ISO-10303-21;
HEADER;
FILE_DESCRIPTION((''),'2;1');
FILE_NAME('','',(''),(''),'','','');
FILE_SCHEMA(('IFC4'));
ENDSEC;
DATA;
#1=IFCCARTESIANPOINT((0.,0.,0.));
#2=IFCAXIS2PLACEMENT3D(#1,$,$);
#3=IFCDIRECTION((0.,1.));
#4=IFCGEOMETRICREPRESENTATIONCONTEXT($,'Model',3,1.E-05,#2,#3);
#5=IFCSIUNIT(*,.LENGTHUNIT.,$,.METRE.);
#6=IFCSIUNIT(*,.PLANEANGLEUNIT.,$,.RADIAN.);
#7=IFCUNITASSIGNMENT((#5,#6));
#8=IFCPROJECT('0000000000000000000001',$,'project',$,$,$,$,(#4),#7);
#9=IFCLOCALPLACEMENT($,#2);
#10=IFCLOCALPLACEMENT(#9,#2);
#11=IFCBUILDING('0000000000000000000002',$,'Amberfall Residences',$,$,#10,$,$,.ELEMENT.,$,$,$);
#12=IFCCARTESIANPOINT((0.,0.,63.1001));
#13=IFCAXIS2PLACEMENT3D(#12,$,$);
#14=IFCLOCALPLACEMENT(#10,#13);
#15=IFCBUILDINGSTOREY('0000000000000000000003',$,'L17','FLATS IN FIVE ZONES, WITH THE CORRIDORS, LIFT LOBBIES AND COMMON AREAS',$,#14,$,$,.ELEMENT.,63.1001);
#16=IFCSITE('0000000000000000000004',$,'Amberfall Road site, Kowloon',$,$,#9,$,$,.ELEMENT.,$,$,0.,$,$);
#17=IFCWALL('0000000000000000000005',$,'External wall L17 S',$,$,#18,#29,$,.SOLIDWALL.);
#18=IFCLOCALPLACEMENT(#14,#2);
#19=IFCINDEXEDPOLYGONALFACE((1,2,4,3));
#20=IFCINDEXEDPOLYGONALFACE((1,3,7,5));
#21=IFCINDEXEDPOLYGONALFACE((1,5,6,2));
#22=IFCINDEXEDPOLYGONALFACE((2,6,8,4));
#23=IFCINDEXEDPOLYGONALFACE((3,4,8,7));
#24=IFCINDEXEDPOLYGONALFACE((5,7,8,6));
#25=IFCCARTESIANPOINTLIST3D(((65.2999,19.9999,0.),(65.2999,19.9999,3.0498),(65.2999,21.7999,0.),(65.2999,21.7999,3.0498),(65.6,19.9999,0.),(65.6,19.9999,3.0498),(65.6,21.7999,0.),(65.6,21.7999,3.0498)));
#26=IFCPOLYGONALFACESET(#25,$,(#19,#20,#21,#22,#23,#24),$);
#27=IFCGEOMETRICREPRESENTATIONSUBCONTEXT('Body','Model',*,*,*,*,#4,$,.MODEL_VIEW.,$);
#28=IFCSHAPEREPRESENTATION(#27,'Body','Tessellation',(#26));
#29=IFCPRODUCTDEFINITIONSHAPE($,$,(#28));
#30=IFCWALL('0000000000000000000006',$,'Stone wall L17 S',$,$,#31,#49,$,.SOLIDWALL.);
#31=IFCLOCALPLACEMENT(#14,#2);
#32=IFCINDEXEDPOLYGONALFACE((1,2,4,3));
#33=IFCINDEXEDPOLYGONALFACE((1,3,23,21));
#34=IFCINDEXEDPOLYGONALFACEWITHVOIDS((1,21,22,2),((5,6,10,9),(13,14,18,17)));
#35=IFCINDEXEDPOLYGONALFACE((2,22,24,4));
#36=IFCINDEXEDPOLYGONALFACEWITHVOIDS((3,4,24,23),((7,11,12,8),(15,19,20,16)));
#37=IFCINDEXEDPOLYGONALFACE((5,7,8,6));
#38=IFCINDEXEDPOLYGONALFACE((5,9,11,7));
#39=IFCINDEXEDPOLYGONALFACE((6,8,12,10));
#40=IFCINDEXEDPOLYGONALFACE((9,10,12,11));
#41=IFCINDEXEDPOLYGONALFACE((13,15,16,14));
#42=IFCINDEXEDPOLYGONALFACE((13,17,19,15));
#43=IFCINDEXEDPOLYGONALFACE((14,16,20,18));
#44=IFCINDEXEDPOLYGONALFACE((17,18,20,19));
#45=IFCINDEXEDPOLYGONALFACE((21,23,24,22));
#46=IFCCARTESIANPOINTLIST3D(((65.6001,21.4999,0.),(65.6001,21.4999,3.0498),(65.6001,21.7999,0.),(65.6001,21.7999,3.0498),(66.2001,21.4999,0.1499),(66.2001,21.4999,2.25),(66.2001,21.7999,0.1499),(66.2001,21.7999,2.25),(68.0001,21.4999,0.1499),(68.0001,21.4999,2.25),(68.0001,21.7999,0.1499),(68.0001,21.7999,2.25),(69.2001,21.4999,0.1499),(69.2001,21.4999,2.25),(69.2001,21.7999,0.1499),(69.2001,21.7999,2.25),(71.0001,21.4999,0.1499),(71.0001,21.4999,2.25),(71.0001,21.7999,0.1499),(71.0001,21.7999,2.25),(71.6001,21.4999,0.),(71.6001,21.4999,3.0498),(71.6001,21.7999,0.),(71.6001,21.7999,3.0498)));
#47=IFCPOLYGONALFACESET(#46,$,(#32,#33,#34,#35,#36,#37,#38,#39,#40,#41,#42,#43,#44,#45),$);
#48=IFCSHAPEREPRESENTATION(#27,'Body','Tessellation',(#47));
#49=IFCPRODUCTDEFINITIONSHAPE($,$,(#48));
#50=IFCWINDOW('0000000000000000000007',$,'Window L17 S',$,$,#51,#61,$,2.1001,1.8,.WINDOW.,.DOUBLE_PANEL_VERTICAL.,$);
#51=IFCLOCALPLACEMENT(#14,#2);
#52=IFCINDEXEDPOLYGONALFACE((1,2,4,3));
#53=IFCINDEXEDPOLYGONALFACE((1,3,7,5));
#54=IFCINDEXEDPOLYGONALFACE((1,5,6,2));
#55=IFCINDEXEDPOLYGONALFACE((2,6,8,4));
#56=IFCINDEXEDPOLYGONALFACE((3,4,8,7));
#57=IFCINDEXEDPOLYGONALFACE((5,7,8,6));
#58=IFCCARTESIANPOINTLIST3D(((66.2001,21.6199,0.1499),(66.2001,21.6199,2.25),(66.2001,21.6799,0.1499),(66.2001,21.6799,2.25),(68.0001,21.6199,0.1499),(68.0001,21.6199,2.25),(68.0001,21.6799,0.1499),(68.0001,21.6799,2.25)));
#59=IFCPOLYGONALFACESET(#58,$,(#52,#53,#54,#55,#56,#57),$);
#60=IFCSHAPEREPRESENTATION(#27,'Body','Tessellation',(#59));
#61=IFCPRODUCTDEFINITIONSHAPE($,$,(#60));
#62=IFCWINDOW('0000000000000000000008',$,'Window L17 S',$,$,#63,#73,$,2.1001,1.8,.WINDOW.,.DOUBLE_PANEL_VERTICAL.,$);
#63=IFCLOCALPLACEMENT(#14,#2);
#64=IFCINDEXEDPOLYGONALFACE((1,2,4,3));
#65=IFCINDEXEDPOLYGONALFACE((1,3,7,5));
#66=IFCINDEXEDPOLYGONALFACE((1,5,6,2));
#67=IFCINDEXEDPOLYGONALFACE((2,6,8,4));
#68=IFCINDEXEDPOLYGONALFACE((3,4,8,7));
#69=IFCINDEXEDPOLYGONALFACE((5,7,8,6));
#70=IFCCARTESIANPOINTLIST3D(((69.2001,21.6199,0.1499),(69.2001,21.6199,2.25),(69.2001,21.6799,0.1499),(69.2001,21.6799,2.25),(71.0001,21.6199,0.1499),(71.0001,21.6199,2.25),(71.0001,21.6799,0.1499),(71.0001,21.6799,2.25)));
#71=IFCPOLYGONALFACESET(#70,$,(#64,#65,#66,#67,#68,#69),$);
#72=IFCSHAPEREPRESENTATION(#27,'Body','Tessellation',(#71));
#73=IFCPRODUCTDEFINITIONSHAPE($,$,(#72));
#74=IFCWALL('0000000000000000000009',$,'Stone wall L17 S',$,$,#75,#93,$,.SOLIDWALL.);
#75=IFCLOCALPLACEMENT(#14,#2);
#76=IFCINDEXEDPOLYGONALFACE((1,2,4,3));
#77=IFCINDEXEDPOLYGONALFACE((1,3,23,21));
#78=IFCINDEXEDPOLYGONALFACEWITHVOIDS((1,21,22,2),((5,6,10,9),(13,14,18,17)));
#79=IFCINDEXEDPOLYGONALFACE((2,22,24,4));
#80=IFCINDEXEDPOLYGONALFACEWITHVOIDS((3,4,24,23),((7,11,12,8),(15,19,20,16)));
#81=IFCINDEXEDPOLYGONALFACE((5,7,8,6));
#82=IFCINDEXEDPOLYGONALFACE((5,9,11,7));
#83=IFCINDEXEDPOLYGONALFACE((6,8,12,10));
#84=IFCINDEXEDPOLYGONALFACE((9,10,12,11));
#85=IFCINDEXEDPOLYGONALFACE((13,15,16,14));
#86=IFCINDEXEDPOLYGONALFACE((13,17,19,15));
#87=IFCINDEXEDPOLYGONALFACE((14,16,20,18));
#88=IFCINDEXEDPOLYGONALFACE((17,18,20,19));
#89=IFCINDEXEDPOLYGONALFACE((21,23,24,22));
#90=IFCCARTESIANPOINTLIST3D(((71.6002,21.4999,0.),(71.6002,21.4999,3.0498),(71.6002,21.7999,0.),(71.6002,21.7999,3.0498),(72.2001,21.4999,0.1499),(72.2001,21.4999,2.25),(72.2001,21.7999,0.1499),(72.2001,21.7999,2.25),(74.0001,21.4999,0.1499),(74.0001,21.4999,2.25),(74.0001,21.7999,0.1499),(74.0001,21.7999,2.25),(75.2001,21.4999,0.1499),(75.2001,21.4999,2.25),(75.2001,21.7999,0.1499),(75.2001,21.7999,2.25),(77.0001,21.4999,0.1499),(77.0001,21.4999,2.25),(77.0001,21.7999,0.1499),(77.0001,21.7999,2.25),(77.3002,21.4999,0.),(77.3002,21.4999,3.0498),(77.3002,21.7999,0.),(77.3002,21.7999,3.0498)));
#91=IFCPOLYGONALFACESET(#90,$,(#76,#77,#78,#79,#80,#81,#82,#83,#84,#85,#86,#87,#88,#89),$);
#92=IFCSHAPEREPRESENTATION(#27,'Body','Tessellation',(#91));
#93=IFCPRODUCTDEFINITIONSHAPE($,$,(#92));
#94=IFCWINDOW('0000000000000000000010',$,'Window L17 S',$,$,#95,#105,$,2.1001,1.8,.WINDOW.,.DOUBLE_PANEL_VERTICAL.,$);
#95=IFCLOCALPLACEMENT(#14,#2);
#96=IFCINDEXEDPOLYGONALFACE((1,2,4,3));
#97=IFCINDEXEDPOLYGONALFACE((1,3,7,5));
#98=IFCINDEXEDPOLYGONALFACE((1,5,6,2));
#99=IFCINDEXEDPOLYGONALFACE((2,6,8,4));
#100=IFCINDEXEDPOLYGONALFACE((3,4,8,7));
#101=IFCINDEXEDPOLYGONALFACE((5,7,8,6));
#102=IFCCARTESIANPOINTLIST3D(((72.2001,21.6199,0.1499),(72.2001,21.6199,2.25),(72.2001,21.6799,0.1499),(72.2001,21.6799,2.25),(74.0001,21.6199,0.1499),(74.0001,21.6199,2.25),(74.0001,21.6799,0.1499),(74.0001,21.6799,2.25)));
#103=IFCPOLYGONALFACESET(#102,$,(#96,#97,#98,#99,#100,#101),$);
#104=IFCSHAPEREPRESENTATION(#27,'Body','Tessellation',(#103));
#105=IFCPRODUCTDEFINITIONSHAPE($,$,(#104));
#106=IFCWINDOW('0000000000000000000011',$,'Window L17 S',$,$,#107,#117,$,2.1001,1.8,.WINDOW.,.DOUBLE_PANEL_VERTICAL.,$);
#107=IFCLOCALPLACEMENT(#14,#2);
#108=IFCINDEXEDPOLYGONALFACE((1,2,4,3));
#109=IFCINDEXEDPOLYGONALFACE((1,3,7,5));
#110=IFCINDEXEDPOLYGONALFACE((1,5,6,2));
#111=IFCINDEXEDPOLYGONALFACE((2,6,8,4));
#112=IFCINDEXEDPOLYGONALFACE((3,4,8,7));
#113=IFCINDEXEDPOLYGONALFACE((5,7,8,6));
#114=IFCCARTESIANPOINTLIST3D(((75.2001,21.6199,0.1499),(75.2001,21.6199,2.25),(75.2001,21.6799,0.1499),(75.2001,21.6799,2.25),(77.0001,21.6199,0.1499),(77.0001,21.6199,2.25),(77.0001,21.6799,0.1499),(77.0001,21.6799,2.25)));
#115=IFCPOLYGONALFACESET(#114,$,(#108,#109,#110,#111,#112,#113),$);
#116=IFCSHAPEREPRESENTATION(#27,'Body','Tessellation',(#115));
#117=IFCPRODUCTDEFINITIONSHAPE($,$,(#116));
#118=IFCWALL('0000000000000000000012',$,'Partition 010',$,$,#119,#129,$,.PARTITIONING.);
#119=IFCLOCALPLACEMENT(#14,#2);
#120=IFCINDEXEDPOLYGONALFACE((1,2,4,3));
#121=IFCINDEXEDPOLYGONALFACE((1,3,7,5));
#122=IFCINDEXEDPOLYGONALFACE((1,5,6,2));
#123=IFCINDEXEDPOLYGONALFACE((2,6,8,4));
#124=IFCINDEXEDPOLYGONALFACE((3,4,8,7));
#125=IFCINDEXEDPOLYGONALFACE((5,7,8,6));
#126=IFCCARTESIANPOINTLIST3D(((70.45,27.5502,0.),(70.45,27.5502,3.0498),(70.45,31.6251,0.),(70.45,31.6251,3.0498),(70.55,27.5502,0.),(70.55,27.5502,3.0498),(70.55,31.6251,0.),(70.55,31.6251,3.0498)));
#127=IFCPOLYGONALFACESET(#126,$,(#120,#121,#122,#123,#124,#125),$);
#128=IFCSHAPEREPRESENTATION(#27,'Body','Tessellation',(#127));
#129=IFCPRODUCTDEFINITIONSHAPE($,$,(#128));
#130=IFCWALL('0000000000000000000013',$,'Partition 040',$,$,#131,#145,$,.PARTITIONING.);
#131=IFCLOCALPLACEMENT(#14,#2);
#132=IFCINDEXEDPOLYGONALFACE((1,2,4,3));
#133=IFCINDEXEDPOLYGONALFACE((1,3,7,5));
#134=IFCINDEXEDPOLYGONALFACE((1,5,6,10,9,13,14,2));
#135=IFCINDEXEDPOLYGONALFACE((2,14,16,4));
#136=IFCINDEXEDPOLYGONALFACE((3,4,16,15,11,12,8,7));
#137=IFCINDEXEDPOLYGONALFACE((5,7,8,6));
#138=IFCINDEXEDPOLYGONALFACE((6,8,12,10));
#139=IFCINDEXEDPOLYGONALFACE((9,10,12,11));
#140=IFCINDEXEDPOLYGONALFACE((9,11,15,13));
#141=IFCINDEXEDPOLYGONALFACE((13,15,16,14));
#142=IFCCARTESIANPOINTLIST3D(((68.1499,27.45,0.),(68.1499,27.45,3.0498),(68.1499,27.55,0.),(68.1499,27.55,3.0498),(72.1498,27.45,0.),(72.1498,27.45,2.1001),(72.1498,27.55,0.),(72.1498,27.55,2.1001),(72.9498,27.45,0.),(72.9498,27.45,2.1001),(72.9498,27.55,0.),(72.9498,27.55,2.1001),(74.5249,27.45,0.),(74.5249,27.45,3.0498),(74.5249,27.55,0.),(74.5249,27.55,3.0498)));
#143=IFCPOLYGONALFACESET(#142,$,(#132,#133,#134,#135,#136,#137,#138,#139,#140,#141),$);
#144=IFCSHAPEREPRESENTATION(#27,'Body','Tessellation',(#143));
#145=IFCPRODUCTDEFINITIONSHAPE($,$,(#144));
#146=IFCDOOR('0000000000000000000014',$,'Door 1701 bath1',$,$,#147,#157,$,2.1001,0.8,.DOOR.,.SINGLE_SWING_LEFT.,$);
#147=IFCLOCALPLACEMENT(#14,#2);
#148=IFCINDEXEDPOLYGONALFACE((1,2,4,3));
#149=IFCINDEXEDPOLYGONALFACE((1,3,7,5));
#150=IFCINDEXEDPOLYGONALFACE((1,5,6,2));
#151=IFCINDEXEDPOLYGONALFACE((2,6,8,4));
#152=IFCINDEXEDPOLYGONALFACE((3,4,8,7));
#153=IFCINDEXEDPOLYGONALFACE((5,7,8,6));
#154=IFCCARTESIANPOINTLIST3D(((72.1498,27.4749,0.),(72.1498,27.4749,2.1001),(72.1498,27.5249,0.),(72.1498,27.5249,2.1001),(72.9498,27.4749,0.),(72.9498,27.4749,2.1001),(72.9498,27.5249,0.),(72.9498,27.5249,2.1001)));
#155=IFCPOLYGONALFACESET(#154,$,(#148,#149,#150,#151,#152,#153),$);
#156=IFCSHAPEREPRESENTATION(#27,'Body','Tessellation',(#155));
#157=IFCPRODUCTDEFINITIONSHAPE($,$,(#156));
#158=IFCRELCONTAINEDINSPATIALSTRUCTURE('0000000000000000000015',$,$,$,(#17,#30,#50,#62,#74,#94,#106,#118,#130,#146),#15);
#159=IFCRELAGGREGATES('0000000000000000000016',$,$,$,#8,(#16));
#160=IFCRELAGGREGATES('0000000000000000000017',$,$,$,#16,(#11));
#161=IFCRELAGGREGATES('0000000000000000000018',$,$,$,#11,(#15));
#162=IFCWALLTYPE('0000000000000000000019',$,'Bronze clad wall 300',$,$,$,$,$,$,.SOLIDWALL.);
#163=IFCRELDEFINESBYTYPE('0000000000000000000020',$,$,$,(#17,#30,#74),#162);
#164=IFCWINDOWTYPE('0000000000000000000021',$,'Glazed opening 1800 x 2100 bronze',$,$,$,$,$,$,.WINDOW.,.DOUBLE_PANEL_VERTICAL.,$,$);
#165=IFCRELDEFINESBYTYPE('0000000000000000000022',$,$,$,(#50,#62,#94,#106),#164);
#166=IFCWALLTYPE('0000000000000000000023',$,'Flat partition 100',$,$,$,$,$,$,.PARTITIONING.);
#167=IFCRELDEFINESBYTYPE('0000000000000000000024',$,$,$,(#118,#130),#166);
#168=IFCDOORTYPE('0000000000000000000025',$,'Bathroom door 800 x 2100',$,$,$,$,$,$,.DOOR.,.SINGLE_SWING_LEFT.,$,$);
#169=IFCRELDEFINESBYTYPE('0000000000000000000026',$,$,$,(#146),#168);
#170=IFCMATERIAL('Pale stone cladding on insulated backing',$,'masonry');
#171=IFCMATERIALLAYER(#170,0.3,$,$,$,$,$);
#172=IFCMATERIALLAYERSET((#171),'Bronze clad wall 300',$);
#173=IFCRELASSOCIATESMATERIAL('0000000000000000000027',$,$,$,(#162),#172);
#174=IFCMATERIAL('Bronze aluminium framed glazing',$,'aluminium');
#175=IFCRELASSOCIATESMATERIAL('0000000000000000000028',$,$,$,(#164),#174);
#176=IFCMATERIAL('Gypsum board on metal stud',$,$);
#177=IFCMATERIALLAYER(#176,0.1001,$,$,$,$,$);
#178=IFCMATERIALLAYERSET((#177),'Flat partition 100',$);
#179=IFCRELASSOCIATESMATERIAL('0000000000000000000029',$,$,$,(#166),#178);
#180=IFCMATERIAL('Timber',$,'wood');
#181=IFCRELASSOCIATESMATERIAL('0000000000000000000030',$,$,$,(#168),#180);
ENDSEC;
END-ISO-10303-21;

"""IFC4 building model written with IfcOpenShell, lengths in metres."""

from ifc_helpers import new_model, si_unit, direction, frame, frame_2d, origin, place, context, subcontext, project, spatial, rectangle, extrude, material, layer, layer_set, type_object, element, fill, save


model = new_model("IFC4")

# Units and contexts
model_context = context("Model", 3, precision=1e-05, world=origin(), true_north=direction((0.0, 1.0)))
body_context = subcontext(model_context, "Body", "Model", "MODEL_VIEW")
ifc_project = project(units=[si_unit("LENGTHUNIT", "METRE"), si_unit("PLANEANGLEUNIT", "RADIAN")], contexts=[model_context])

# Site, building, storey
site_placement = place(None, origin())
site = spatial("IfcSite", under=ifc_project, at=site_placement, Name="Amberfall Road site, Kowloon", CompositionType="ELEMENT", RefElevation=0.0)
building_placement = place(site_placement, origin())
building = spatial("IfcBuilding", under=site, at=building_placement, Name="Amberfall Residences", CompositionType="ELEMENT")
storey_placement = place(building_placement, frame((0.0, 0.0, 63.1001)))
storey = spatial("IfcBuildingStorey", under=building, at=storey_placement, Name="L17", Description="FLATS IN FIVE ZONES, WITH THE CORRIDORS, LIFT LOBBIES AND COMMON AREAS", CompositionType="ELEMENT", Elevation=63.1001)

# Wall
ifc_material_1 = material(Name="Pale stone cladding on insulated backing", Category="masonry")
ifc_layer_1 = layer(ifc_material_1, 0.3)
ifc_layer_set_1 = layer_set([ifc_layer_1], Name="Bronze clad wall 300")
wall_type_1 = type_object("IfcWallType", Name="Bronze clad wall 300", PredefinedType="SOLIDWALL", material=ifc_layer_set_1)
wall_1_placement = place(storey_placement, frame((65.45, 20.0, 0.0), z_axis=(0.0, 0.0, 1.0), x_axis=(0.0, 1.0, 0.0)))
element("IfcWall", 1, at=wall_1_placement, inside=storey, type_object=wall_type_1, Name="External wall L17 S", PredefinedType="SOLIDWALL", context=body_context, shape_type="SweptSolid", body=[
    extrude(rectangle(XDim=1.8, YDim=0.3, at=frame_2d((0.8999, 0.0))), origin(), (0.0, 0.0, 1.0), 3.0498),
])

# Walls, openings, windows
wall_2_placement = place(storey_placement, frame((65.6001, 21.6499, 0.0), z_axis=(0.0, 0.0, 1.0), x_axis=(1.0, 0.0, 0.0)))
wall_2 = element("IfcWall", 2, at=wall_2_placement, inside=storey, type_object=wall_type_1, Name="Stone wall L17 S", PredefinedType="SOLIDWALL", context=body_context, shape_type="SweptSolid", body=[
    extrude(rectangle(XDim=6.0, YDim=0.3, at=frame_2d((3.0, 0.0))), origin(), (0.0, 0.0, 1.0), 3.0498),
])
opening_1_placement = place(wall_2_placement, frame((0.6001, 0.0, 0.1499)))
opening_1 = element("IfcOpeningElement", 3, at=opening_1_placement, cuts=wall_2, PredefinedType="OPENING", context=body_context, shape_type="SweptSolid", body=[
    extrude(rectangle(XDim=1.8, YDim=2.1001, at=frame_2d((0.8999, 1.05))), frame((0.0, 0.1599, 0.0), z_axis=(0.0, -1.0, 0.0), x_axis=(1.0, 0.0, 0.0)), (0.0, 0.0, 1.0), 0.3201),
])
opening_2_placement = place(wall_2_placement, frame((3.6001, 0.0, 0.1499)))
opening_2 = element("IfcOpeningElement", 4, at=opening_2_placement, cuts=wall_2, PredefinedType="OPENING", context=body_context, shape_type="SweptSolid", body=[
    extrude(rectangle(XDim=1.8, YDim=2.1001, at=frame_2d((0.8999, 1.05))), frame((0.0, 0.1599, 0.0), z_axis=(0.0, -1.0, 0.0), x_axis=(1.0, 0.0, 0.0)), (0.0, 0.0, 1.0), 0.3201),
])
ifc_material_2 = material(Name="Bronze aluminium framed glazing", Category="aluminium")
window_type = type_object("IfcWindowType", Name="Glazed opening 1800 x 2100 bronze", PartitioningType="DOUBLE_PANEL_VERTICAL", PredefinedType="WINDOW", material=ifc_material_2)
window_1_placement = place(opening_1_placement, origin())
window_1 = element("IfcWindow", 5, at=window_1_placement, inside=storey, type_object=window_type, Name="Window L17 S", OverallHeight=2.1001, OverallWidth=1.8, PartitioningType="DOUBLE_PANEL_VERTICAL", PredefinedType="WINDOW", context=body_context, shape_type="SweptSolid", body=[
    extrude(rectangle(XDim=1.8, YDim=2.1001, at=frame_2d((0.8999, 1.05))), frame((0.0, 0.03, 0.0), z_axis=(0.0, -1.0, 0.0), x_axis=(1.0, 0.0, 0.0)), (0.0, 0.0, 1.0), 0.0601),
])
fill(opening_1, window_1)
window_2_placement = place(opening_2_placement, origin())
window_2 = element("IfcWindow", 6, at=window_2_placement, inside=storey, type_object=window_type, Name="Window L17 S", OverallHeight=2.1001, OverallWidth=1.8, PartitioningType="DOUBLE_PANEL_VERTICAL", PredefinedType="WINDOW", context=body_context, shape_type="SweptSolid", body=[
    extrude(rectangle(XDim=1.8, YDim=2.1001, at=frame_2d((0.8999, 1.05))), frame((0.0, 0.03, 0.0), z_axis=(0.0, -1.0, 0.0), x_axis=(1.0, 0.0, 0.0)), (0.0, 0.0, 1.0), 0.0601),
])
fill(opening_2, window_2)
wall_3_placement = place(storey_placement, frame((71.6001, 21.6499, 0.0), z_axis=(0.0, 0.0, 1.0), x_axis=(1.0, 0.0, 0.0)))
wall_3 = element("IfcWall", 7, at=wall_3_placement, inside=storey, type_object=wall_type_1, Name="Stone wall L17 S", PredefinedType="SOLIDWALL", context=body_context, shape_type="SweptSolid", body=[
    extrude(rectangle(XDim=5.7, YDim=0.3, at=frame_2d((2.8501, 0.0))), origin(), (0.0, 0.0, 1.0), 3.0498),
])
opening_3_placement = place(wall_3_placement, frame((0.6001, 0.0, 0.1499)))
opening_3 = element("IfcOpeningElement", 8, at=opening_3_placement, cuts=wall_3, PredefinedType="OPENING", context=body_context, shape_type="SweptSolid", body=[
    extrude(rectangle(XDim=1.8, YDim=2.1001, at=frame_2d((0.8999, 1.05))), frame((0.0, 0.1599, 0.0), z_axis=(0.0, -1.0, 0.0), x_axis=(1.0, 0.0, 0.0)), (0.0, 0.0, 1.0), 0.3201),
])
opening_4_placement = place(wall_3_placement, frame((3.6001, 0.0, 0.1499)))
opening_4 = element("IfcOpeningElement", 9, at=opening_4_placement, cuts=wall_3, PredefinedType="OPENING", context=body_context, shape_type="SweptSolid", body=[
    extrude(rectangle(XDim=1.8, YDim=2.1001, at=frame_2d((0.8999, 1.05))), frame((0.0, 0.1599, 0.0), z_axis=(0.0, -1.0, 0.0), x_axis=(1.0, 0.0, 0.0)), (0.0, 0.0, 1.0), 0.3201),
])
window_3_placement = place(opening_3_placement, origin())
window_3 = element("IfcWindow", 10, at=window_3_placement, inside=storey, type_object=window_type, Name="Window L17 S", OverallHeight=2.1001, OverallWidth=1.8, PartitioningType="DOUBLE_PANEL_VERTICAL", PredefinedType="WINDOW", context=body_context, shape_type="SweptSolid", body=[
    extrude(rectangle(XDim=1.8, YDim=2.1001, at=frame_2d((0.8999, 1.05))), frame((0.0, 0.03, 0.0), z_axis=(0.0, -1.0, 0.0), x_axis=(1.0, 0.0, 0.0)), (0.0, 0.0, 1.0), 0.0601),
])
fill(opening_3, window_3)
window_4_placement = place(opening_4_placement, origin())
window_4 = element("IfcWindow", 11, at=window_4_placement, inside=storey, type_object=window_type, Name="Window L17 S", OverallHeight=2.1001, OverallWidth=1.8, PartitioningType="DOUBLE_PANEL_VERTICAL", PredefinedType="WINDOW", context=body_context, shape_type="SweptSolid", body=[
    extrude(rectangle(XDim=1.8, YDim=2.1001, at=frame_2d((0.8999, 1.05))), frame((0.0, 0.03, 0.0), z_axis=(0.0, -1.0, 0.0), x_axis=(1.0, 0.0, 0.0)), (0.0, 0.0, 1.0), 0.0601),
])
fill(opening_4, window_4)

# Wall
ifc_material_3 = material(Name="Gypsum board on metal stud")
ifc_layer_2 = layer(ifc_material_3, 0.1001)
ifc_layer_set_2 = layer_set([ifc_layer_2], Name="Flat partition 100")
wall_type_2 = type_object("IfcWallType", Name="Flat partition 100", PredefinedType="PARTITIONING", material=ifc_layer_set_2)
wall_4_placement = place(storey_placement, frame((70.5, 27.55, 0.0), z_axis=(0.0, 0.0, 1.0), x_axis=(0.0, 1.0, 0.0)))
element("IfcWall", 12, at=wall_4_placement, inside=storey, type_object=wall_type_2, Name="Partition 010", PredefinedType="PARTITIONING", context=body_context, shape_type="SweptSolid", body=[
    extrude(rectangle(XDim=4.075, YDim=0.1001, at=frame_2d((2.0376, 0.0))), origin(), (0.0, 0.0, 1.0), 3.0498),
])

# Wall, opening, door
wall_5_placement = place(storey_placement, frame((68.1499, 27.5, 0.0), z_axis=(0.0, 0.0, 1.0), x_axis=(1.0, 0.0, 0.0)))
wall_5 = element("IfcWall", 13, at=wall_5_placement, inside=storey, type_object=wall_type_2, Name="Partition 040", PredefinedType="PARTITIONING", context=body_context, shape_type="SweptSolid", body=[
    extrude(rectangle(XDim=6.375, YDim=0.1001, at=frame_2d((3.1875, 0.0))), origin(), (0.0, 0.0, 1.0), 3.0498),
])
opening_5_placement = place(wall_5_placement, frame((4.0, 0.0, 0.0)))
opening_5 = element("IfcOpeningElement", 14, at=opening_5_placement, cuts=wall_5, PredefinedType="OPENING", context=body_context, shape_type="SweptSolid", body=[
    extrude(rectangle(XDim=0.8, YDim=2.1001, at=frame_2d((0.3999, 1.05))), frame((0.0, 0.0601, 0.0), z_axis=(0.0, -1.0, 0.0), x_axis=(1.0, 0.0, 0.0)), (0.0, 0.0, 1.0), 0.1201),
])
ifc_material_4 = material(Name="Timber", Category="wood")
door_type_1 = type_object("IfcDoorType", Name="Bathroom door 800 x 2100", OperationType="SINGLE_SWING_LEFT", PredefinedType="DOOR", material=ifc_material_4)
door_1_placement = place(opening_5_placement, origin())
door_1 = element("IfcDoor", 15, at=door_1_placement, inside=storey, type_object=door_type_1, Name="Door 1701 bath1", OperationType="SINGLE_SWING_LEFT", OverallHeight=2.1001, OverallWidth=0.8, PredefinedType="DOOR", context=body_context, shape_type="SweptSolid", body=[
    extrude(rectangle(XDim=0.8, YDim=2.1001, at=frame_2d((0.3999, 1.05))), frame((0.0, 0.0249, 0.0), z_axis=(0.0, -1.0, 0.0), x_axis=(1.0, 0.0, 0.0)), (0.0, 0.0, 1.0), 0.05),
])
fill(opening_5, door_1)

save(model, "model.ifc")
